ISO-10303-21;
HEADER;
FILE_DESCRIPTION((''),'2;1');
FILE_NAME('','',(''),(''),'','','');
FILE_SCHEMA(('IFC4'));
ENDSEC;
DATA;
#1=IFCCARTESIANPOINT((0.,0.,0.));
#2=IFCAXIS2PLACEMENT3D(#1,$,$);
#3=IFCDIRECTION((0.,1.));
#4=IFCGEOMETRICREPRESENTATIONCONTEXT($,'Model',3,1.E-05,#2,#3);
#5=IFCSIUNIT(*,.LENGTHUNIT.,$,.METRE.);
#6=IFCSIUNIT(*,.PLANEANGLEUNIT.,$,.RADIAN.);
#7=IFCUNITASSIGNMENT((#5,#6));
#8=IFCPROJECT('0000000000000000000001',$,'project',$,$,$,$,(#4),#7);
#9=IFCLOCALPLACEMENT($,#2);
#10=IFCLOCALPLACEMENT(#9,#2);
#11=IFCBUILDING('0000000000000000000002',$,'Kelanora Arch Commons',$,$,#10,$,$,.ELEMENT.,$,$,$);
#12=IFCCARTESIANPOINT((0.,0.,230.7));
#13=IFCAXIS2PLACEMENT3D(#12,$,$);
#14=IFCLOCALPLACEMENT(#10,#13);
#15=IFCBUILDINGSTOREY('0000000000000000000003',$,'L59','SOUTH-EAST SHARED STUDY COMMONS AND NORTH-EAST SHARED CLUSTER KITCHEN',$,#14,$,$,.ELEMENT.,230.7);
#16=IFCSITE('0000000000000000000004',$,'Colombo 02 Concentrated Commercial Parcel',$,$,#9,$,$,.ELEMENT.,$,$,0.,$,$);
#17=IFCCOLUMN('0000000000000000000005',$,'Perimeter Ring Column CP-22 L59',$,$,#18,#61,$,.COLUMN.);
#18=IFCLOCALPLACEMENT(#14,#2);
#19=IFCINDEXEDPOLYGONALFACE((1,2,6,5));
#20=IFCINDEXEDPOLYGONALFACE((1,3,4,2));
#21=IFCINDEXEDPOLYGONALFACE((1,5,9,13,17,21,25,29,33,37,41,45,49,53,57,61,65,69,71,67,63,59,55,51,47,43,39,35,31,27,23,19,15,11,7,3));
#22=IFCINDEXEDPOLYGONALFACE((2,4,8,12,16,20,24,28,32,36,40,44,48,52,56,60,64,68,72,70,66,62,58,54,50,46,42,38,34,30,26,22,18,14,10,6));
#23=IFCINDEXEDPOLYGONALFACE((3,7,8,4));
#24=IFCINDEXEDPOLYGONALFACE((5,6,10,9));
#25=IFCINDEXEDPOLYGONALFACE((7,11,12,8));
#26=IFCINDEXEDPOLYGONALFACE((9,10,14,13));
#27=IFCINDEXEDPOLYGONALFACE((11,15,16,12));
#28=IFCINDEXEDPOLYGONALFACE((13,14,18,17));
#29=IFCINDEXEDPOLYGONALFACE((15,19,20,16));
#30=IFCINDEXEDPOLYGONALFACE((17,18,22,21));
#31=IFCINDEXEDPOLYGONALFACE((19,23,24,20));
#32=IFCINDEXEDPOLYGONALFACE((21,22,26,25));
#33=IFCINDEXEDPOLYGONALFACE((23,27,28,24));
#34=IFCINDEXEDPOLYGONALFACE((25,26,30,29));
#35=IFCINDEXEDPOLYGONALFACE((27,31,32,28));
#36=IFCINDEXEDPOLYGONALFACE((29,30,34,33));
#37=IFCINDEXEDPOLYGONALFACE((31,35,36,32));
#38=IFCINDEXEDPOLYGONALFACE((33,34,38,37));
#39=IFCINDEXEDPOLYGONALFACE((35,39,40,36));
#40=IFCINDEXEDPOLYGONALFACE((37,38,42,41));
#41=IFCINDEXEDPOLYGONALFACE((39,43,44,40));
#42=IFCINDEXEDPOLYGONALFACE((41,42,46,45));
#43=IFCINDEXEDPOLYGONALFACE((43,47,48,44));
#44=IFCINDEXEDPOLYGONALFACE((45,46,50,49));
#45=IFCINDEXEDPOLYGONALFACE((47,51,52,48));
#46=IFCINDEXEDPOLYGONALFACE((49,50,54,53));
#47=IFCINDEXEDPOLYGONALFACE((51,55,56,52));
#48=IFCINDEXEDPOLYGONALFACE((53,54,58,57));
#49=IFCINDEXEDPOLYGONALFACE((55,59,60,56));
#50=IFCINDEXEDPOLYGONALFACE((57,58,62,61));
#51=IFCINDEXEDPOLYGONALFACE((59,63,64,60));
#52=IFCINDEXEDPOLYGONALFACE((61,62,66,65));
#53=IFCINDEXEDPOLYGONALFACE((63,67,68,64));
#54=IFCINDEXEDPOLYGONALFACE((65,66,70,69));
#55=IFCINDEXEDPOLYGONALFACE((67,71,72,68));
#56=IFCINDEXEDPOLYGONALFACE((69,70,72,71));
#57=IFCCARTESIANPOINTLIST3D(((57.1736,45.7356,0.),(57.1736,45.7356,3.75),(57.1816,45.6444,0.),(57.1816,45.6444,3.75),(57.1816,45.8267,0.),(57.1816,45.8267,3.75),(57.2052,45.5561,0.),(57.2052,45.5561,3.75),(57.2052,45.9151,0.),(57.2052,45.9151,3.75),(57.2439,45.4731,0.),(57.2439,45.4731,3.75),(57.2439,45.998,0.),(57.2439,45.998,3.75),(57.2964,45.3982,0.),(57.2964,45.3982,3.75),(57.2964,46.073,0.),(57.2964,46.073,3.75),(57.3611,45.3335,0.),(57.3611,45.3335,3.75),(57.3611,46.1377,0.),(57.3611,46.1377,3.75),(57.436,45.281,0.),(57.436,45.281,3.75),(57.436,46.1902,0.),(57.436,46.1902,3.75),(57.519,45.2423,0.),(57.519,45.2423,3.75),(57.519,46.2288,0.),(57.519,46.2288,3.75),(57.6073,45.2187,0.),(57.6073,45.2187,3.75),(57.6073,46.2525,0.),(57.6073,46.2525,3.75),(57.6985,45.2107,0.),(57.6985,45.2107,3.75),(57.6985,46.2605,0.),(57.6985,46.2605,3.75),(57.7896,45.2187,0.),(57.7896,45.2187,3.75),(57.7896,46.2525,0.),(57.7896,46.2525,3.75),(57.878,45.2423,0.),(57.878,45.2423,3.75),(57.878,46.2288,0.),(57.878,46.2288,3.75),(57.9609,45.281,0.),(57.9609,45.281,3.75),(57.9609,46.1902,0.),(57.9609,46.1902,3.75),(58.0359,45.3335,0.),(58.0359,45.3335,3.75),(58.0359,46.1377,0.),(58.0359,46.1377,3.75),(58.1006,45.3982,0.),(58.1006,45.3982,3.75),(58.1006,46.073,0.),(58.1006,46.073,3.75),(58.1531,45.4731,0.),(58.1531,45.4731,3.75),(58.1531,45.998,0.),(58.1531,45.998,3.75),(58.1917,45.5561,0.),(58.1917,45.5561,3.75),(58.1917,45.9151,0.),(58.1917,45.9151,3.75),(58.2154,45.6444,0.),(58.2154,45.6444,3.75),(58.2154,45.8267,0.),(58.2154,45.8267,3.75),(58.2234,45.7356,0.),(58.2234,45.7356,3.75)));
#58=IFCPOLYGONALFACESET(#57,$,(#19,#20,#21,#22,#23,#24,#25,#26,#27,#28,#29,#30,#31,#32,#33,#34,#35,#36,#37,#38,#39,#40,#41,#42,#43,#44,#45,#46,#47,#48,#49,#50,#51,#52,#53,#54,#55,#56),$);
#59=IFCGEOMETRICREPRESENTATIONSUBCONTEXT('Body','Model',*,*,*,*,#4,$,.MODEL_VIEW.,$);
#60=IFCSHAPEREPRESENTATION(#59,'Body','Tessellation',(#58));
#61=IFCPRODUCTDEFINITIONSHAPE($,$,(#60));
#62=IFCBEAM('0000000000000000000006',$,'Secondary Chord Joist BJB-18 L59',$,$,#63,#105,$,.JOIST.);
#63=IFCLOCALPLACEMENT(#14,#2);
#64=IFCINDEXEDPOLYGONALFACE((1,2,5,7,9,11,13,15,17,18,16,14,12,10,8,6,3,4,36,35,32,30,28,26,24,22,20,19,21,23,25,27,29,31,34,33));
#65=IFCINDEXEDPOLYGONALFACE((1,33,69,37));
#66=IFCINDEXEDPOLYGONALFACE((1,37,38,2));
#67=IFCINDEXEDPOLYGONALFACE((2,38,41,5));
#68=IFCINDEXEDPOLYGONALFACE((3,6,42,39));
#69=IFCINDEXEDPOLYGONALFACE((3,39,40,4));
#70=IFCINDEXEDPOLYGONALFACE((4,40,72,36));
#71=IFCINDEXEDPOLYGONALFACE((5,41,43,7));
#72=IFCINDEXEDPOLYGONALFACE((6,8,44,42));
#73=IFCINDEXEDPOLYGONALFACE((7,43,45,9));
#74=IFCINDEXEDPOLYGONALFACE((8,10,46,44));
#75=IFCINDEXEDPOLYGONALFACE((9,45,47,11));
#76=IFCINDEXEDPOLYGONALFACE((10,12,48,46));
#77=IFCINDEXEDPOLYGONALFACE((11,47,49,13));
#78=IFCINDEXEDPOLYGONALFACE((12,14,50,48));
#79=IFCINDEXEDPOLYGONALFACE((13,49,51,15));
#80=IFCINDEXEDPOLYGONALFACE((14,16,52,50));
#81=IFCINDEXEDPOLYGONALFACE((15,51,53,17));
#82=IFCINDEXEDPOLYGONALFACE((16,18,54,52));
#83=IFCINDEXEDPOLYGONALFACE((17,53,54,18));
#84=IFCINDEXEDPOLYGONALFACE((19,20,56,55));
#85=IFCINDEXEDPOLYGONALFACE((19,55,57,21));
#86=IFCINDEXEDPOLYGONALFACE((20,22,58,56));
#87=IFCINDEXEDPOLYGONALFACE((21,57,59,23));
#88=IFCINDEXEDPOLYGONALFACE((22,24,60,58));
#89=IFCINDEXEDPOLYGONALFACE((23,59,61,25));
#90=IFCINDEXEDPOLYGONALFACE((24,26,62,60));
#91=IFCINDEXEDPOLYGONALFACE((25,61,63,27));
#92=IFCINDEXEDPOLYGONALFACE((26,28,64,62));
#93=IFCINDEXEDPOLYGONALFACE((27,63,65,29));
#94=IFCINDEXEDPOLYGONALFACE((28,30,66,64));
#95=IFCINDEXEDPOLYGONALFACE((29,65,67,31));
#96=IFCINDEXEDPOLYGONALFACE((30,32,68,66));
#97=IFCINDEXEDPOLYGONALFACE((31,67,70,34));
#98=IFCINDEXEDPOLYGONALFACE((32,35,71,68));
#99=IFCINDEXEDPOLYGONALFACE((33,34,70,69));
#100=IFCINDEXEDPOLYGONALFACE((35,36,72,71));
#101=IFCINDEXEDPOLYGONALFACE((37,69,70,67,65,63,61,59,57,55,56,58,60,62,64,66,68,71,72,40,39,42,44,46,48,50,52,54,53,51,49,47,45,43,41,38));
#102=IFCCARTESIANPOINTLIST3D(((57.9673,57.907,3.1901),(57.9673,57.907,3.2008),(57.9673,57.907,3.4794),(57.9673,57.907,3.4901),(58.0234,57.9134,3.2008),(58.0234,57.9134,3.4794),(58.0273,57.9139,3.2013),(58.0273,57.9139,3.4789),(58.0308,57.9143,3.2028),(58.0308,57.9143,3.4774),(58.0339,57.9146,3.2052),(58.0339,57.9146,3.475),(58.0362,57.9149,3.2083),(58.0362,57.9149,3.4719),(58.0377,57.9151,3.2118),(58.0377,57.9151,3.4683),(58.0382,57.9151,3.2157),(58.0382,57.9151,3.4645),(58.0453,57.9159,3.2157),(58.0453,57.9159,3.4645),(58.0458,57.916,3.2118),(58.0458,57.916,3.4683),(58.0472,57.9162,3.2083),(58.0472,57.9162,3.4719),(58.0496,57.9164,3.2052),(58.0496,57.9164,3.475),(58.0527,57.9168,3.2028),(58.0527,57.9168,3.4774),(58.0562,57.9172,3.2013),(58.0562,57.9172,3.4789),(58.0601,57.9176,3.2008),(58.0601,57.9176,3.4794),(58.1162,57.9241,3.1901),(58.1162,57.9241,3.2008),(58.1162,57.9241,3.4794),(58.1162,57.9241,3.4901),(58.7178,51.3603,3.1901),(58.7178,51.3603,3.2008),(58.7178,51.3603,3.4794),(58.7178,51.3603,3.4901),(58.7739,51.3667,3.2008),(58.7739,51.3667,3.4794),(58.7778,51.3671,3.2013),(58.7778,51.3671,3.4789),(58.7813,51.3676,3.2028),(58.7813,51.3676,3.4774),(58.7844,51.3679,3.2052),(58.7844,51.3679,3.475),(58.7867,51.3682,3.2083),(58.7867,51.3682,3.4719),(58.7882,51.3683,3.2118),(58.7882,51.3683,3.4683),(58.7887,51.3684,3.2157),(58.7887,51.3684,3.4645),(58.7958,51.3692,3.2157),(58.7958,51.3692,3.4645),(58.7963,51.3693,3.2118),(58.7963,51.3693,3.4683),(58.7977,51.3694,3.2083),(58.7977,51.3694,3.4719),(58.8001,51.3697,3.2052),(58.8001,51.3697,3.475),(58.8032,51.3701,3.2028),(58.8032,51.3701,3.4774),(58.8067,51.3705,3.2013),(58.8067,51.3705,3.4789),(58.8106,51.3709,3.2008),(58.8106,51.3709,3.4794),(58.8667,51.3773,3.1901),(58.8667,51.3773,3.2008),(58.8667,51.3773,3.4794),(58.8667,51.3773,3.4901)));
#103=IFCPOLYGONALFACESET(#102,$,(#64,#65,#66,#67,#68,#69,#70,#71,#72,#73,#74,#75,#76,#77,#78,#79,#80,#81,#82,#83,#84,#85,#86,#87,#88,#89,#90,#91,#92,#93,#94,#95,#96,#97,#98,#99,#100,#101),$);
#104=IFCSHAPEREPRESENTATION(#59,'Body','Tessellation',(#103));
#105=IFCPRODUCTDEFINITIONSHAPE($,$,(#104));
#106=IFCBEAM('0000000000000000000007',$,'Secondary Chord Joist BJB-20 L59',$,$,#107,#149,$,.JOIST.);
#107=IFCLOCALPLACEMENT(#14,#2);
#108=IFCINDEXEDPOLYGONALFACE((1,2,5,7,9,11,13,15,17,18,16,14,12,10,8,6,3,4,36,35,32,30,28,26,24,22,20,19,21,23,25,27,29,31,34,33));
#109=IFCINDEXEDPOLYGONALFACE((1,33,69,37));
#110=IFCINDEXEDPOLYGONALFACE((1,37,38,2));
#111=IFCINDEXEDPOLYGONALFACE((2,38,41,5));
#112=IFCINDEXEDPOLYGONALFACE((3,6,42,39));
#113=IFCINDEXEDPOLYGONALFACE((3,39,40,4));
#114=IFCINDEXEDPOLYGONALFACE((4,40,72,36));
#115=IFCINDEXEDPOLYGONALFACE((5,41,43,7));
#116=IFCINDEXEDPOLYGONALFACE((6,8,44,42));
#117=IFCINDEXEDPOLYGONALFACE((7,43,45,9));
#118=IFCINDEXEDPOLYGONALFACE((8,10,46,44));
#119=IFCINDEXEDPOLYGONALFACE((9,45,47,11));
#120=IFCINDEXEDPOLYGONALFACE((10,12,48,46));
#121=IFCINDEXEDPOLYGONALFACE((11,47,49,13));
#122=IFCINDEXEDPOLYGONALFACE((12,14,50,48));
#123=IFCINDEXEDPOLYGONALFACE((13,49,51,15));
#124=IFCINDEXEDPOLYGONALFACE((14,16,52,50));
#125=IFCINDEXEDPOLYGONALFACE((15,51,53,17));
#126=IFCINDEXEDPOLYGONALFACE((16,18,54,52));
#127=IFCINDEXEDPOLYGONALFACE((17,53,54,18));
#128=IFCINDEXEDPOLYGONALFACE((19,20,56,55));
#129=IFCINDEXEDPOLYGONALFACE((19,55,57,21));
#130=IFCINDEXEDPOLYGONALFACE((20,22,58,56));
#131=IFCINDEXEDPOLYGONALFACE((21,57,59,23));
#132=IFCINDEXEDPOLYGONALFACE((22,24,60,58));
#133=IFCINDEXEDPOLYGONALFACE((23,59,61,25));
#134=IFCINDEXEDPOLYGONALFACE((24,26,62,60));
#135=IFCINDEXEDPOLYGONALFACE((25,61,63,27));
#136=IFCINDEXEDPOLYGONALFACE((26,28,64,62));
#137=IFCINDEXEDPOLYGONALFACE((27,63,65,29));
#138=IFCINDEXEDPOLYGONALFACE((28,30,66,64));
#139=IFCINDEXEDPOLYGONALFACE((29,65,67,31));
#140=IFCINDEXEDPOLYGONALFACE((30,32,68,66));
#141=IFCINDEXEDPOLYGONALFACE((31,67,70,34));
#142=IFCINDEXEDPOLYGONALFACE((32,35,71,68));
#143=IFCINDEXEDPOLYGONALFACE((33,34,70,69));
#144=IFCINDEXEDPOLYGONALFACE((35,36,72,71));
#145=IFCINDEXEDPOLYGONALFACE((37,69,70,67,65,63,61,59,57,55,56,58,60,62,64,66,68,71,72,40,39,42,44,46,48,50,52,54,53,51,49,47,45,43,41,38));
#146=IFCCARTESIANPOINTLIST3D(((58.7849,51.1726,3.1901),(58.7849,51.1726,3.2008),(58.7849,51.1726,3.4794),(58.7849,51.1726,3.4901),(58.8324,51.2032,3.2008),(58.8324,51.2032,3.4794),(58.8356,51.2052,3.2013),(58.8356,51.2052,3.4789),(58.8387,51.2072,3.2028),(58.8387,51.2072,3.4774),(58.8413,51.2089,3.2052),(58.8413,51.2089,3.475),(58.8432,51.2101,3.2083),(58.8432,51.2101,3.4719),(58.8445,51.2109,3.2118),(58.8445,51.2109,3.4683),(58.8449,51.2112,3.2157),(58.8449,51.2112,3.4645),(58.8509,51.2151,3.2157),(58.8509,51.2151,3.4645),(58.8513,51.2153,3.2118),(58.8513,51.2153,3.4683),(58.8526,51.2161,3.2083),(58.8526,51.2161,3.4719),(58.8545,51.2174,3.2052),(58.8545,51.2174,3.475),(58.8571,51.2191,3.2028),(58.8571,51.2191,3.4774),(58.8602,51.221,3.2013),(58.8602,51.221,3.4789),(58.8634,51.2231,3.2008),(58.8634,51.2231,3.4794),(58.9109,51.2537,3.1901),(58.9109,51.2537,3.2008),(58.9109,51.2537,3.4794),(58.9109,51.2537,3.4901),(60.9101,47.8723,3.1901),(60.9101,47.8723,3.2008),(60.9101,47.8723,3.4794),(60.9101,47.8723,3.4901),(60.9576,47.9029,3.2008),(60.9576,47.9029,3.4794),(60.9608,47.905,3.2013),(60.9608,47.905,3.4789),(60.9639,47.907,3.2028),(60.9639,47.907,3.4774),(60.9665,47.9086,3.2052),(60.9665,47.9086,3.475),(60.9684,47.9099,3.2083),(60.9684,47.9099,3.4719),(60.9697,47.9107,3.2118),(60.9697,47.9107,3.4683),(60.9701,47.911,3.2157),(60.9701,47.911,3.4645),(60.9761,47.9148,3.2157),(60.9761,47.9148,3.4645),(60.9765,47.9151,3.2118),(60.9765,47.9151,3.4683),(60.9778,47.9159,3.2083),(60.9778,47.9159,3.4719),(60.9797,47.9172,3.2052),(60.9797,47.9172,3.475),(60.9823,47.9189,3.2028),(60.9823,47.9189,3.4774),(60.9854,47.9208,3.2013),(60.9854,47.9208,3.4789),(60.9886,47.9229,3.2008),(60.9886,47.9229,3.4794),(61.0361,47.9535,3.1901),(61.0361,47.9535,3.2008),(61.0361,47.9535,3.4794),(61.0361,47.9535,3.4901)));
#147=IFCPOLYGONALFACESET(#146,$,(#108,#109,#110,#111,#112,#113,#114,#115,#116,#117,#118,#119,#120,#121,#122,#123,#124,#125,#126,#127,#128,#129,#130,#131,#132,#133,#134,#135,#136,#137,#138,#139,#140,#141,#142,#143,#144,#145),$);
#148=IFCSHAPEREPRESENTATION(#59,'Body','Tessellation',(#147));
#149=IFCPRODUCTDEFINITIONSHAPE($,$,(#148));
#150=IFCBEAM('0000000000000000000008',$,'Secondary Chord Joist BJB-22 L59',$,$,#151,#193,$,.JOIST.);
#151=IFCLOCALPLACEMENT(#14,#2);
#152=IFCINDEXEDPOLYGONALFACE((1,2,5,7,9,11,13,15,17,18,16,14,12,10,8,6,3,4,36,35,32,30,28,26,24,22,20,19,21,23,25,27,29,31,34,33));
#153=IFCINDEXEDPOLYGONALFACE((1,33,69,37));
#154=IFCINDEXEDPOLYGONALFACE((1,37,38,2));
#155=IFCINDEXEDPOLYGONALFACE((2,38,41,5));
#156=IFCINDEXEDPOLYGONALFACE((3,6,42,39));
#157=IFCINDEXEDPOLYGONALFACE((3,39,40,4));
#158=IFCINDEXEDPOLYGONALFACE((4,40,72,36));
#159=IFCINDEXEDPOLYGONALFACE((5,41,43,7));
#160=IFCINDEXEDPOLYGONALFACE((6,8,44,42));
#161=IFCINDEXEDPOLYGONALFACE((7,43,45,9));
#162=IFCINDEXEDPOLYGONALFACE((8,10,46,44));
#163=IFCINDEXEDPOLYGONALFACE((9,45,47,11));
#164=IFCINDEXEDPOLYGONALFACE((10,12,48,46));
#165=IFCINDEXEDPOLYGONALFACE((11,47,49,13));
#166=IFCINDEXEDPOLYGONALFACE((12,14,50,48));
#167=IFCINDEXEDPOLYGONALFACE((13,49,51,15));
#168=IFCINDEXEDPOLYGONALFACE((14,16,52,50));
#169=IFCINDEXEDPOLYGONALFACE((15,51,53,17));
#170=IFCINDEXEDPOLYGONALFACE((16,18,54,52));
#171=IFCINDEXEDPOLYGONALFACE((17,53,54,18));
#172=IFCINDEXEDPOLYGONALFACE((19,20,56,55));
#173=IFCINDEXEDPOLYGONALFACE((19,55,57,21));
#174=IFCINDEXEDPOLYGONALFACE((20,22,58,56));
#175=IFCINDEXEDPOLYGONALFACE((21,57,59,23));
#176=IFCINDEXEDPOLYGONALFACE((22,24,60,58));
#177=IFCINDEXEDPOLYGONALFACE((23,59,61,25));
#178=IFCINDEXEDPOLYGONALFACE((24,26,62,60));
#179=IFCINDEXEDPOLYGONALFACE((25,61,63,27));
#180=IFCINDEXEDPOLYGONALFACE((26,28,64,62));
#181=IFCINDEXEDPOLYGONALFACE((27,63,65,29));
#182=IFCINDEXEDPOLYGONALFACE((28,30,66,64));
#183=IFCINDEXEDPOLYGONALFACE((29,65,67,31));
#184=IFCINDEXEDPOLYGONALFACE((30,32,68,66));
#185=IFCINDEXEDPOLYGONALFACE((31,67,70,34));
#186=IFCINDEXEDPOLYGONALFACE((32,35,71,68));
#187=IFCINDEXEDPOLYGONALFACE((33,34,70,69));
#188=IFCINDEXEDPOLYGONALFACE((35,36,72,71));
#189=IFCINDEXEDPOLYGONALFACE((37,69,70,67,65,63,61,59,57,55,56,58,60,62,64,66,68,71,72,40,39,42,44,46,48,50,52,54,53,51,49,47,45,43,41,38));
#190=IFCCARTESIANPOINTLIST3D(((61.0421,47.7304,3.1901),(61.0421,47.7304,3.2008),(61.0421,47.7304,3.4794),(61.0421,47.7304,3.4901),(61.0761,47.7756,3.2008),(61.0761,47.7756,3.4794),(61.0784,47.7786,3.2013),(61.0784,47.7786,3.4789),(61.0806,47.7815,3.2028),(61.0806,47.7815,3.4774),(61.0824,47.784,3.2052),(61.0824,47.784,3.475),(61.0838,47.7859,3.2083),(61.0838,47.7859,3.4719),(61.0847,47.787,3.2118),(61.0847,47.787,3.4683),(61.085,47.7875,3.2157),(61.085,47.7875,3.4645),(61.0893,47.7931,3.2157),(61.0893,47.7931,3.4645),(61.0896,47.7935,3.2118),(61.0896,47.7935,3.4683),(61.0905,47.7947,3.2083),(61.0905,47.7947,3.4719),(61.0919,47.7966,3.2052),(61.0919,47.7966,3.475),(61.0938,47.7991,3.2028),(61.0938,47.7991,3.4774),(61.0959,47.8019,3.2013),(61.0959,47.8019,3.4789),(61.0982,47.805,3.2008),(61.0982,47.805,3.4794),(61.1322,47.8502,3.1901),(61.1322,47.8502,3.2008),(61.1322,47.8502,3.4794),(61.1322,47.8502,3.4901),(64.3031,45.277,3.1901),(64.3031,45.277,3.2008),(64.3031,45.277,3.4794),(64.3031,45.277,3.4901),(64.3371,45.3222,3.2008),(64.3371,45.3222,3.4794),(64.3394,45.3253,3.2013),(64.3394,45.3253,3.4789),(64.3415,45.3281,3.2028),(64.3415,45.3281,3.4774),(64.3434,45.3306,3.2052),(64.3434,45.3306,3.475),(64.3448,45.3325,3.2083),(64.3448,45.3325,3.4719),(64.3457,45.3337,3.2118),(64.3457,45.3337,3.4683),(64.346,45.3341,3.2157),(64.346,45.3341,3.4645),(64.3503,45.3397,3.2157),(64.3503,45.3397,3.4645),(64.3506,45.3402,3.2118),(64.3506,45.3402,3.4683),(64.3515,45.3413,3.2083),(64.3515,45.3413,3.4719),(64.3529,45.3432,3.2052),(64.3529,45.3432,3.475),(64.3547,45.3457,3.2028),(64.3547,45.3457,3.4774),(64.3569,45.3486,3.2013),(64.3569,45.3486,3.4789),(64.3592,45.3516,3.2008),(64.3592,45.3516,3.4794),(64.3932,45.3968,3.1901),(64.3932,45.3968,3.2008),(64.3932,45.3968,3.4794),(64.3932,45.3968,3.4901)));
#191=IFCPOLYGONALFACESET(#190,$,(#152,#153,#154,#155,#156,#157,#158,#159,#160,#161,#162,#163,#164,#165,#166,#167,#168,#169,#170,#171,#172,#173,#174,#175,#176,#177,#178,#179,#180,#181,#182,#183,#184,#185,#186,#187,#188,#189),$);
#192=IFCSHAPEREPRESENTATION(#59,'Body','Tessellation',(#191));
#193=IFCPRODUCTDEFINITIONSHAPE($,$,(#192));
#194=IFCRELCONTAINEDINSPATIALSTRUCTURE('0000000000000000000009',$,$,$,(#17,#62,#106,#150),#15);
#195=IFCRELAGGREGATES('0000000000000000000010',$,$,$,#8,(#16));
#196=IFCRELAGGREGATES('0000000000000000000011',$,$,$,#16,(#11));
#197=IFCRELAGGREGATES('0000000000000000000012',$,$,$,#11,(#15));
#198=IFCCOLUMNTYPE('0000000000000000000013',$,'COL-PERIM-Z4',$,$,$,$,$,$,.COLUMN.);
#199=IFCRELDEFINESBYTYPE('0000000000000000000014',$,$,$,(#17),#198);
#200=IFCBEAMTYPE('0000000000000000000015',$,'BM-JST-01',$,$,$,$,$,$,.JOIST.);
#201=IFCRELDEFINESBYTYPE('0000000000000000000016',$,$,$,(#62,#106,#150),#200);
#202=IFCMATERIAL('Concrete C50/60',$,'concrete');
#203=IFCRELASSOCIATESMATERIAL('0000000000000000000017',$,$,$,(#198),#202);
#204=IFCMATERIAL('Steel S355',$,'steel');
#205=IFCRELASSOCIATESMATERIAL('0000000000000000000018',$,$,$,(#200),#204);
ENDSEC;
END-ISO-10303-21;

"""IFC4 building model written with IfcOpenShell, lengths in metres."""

from ifc_helpers import new_model, si_unit, direction, frame, origin, origin_2d, place, context, subcontext, project, spatial, circle, i_section, extrude, material, material_profile, profile_set, type_object, element, save


model = new_model("IFC4")

# Units and contexts
model_context = context("Model", 3, precision=1e-05, world=origin(), true_north=direction((0.0, 1.0)))
body_context = subcontext(model_context, "Body", "Model", "MODEL_VIEW")
ifc_project = project(units=[si_unit("LENGTHUNIT", "METRE"), si_unit("PLANEANGLEUNIT", "RADIAN")], contexts=[model_context])

# Site, building, storey
site_placement = place(None, origin())
site = spatial("IfcSite", under=ifc_project, at=site_placement, Name="Colombo 02 Concentrated Commercial Parcel", CompositionType="ELEMENT", RefElevation=0.0)
building_placement = place(site_placement, origin())
building = spatial("IfcBuilding", under=site, at=building_placement, Name="Kelanora Arch Commons", CompositionType="ELEMENT")
storey_placement = place(building_placement, frame((0.0, 0.0, 230.7)))
storey = spatial("IfcBuildingStorey", under=building, at=storey_placement, Name="L59", Description="SOUTH-EAST SHARED STUDY COMMONS AND NORTH-EAST SHARED CLUSTER KITCHEN", CompositionType="ELEMENT", Elevation=230.7)

# Column
ifc_material_1 = material(Name="Concrete C50/60", Category="concrete")
ifc_material_profile_1 = material_profile(ifc_material_1, circle(Radius=0.5249, at=origin_2d()), Name="RCC1050")
ifc_profile_set_1 = profile_set([ifc_material_profile_1], Name="Concrete C50/60")
column_type = type_object("IfcColumnType", Name="COL-PERIM-Z4", PredefinedType="COLUMN", material=ifc_profile_set_1)
column_placement = place(storey_placement, frame((57.6985, 45.7356, 0.0), z_axis=(0.0, 0.0, 1.0), x_axis=(1.0, 0.0, 0.0)))
element("IfcColumn", 1, at=column_placement, inside=storey, type_object=column_type, Name="Perimeter Ring Column CP-22 L59", PredefinedType="COLUMN", context=body_context, shape_type="SweptSolid", body=[
    extrude(circle(Radius=0.5249, at=origin_2d()), origin(), (0.0, 0.0, 1.0), 3.75),
])

# Beams
ifc_material_2 = material(Name="Steel S355", Category="steel")
ifc_material_profile_2 = material_profile(ifc_material_2, i_section(OverallWidth=0.1499, OverallDepth=0.3, WebThickness=0.0071, FlangeThickness=0.0107, FilletRadius=0.0149, at=origin_2d()), Name="IPE300")
ifc_profile_set_2 = profile_set([ifc_material_profile_2], Name="Steel S355")
beam_type_1 = type_object("IfcBeamType", Name="BM-JST-01", PredefinedType="JOIST", material=ifc_profile_set_2)
beam_1_placement = place(storey_placement, frame((58.0417, 57.9155, 3.3401), z_axis=(0.113891, -0.993493, 0.0), x_axis=(0.993493, 0.113891, 0.0)))
element("IfcBeam", 2, at=beam_1_placement, inside=storey, type_object=beam_type_1, Name="Secondary Chord Joist BJB-18 L59", PredefinedType="JOIST", context=body_context, shape_type="SweptSolid", body=[
    extrude(i_section(OverallWidth=0.1499, OverallDepth=0.3, WebThickness=0.0071, FlangeThickness=0.0107, FilletRadius=0.0149, at=origin_2d()), origin(), (0.0, 0.0, 1.0), 6.5896),
])
beam_2_placement = place(storey_placement, frame((58.8479, 51.2131, 3.3401), z_axis=(0.541411, -0.840758, 0.0), x_axis=(0.840758, 0.541411, 0.0)))
element("IfcBeam", 3, at=beam_2_placement, inside=storey, type_object=beam_type_1, Name="Secondary Chord Joist BJB-20 L59", PredefinedType="JOIST", context=body_context, shape_type="SweptSolid", body=[
    extrude(i_section(OverallWidth=0.1499, OverallDepth=0.3, WebThickness=0.0071, FlangeThickness=0.0107, FilletRadius=0.0149, at=origin_2d()), origin(), (0.0, 0.0, 1.0), 3.9253),
])
beam_3_placement = place(storey_placement, frame((61.0872, 47.7903, 3.3401), z_axis=(0.799102, -0.601196, 0.0), x_axis=(0.601196, 0.799102, 0.0)))
element("IfcBeam", 4, at=beam_3_placement, inside=storey, type_object=beam_type_1, Name="Secondary Chord Joist BJB-22 L59", PredefinedType="JOIST", context=body_context, shape_type="SweptSolid", body=[
    extrude(i_section(OverallWidth=0.1499, OverallDepth=0.3, WebThickness=0.0071, FlangeThickness=0.0107, FilletRadius=0.0149, at=origin_2d()), origin(), (0.0, 0.0, 1.0), 4.0808),
])

save(model, "model.ifc")
